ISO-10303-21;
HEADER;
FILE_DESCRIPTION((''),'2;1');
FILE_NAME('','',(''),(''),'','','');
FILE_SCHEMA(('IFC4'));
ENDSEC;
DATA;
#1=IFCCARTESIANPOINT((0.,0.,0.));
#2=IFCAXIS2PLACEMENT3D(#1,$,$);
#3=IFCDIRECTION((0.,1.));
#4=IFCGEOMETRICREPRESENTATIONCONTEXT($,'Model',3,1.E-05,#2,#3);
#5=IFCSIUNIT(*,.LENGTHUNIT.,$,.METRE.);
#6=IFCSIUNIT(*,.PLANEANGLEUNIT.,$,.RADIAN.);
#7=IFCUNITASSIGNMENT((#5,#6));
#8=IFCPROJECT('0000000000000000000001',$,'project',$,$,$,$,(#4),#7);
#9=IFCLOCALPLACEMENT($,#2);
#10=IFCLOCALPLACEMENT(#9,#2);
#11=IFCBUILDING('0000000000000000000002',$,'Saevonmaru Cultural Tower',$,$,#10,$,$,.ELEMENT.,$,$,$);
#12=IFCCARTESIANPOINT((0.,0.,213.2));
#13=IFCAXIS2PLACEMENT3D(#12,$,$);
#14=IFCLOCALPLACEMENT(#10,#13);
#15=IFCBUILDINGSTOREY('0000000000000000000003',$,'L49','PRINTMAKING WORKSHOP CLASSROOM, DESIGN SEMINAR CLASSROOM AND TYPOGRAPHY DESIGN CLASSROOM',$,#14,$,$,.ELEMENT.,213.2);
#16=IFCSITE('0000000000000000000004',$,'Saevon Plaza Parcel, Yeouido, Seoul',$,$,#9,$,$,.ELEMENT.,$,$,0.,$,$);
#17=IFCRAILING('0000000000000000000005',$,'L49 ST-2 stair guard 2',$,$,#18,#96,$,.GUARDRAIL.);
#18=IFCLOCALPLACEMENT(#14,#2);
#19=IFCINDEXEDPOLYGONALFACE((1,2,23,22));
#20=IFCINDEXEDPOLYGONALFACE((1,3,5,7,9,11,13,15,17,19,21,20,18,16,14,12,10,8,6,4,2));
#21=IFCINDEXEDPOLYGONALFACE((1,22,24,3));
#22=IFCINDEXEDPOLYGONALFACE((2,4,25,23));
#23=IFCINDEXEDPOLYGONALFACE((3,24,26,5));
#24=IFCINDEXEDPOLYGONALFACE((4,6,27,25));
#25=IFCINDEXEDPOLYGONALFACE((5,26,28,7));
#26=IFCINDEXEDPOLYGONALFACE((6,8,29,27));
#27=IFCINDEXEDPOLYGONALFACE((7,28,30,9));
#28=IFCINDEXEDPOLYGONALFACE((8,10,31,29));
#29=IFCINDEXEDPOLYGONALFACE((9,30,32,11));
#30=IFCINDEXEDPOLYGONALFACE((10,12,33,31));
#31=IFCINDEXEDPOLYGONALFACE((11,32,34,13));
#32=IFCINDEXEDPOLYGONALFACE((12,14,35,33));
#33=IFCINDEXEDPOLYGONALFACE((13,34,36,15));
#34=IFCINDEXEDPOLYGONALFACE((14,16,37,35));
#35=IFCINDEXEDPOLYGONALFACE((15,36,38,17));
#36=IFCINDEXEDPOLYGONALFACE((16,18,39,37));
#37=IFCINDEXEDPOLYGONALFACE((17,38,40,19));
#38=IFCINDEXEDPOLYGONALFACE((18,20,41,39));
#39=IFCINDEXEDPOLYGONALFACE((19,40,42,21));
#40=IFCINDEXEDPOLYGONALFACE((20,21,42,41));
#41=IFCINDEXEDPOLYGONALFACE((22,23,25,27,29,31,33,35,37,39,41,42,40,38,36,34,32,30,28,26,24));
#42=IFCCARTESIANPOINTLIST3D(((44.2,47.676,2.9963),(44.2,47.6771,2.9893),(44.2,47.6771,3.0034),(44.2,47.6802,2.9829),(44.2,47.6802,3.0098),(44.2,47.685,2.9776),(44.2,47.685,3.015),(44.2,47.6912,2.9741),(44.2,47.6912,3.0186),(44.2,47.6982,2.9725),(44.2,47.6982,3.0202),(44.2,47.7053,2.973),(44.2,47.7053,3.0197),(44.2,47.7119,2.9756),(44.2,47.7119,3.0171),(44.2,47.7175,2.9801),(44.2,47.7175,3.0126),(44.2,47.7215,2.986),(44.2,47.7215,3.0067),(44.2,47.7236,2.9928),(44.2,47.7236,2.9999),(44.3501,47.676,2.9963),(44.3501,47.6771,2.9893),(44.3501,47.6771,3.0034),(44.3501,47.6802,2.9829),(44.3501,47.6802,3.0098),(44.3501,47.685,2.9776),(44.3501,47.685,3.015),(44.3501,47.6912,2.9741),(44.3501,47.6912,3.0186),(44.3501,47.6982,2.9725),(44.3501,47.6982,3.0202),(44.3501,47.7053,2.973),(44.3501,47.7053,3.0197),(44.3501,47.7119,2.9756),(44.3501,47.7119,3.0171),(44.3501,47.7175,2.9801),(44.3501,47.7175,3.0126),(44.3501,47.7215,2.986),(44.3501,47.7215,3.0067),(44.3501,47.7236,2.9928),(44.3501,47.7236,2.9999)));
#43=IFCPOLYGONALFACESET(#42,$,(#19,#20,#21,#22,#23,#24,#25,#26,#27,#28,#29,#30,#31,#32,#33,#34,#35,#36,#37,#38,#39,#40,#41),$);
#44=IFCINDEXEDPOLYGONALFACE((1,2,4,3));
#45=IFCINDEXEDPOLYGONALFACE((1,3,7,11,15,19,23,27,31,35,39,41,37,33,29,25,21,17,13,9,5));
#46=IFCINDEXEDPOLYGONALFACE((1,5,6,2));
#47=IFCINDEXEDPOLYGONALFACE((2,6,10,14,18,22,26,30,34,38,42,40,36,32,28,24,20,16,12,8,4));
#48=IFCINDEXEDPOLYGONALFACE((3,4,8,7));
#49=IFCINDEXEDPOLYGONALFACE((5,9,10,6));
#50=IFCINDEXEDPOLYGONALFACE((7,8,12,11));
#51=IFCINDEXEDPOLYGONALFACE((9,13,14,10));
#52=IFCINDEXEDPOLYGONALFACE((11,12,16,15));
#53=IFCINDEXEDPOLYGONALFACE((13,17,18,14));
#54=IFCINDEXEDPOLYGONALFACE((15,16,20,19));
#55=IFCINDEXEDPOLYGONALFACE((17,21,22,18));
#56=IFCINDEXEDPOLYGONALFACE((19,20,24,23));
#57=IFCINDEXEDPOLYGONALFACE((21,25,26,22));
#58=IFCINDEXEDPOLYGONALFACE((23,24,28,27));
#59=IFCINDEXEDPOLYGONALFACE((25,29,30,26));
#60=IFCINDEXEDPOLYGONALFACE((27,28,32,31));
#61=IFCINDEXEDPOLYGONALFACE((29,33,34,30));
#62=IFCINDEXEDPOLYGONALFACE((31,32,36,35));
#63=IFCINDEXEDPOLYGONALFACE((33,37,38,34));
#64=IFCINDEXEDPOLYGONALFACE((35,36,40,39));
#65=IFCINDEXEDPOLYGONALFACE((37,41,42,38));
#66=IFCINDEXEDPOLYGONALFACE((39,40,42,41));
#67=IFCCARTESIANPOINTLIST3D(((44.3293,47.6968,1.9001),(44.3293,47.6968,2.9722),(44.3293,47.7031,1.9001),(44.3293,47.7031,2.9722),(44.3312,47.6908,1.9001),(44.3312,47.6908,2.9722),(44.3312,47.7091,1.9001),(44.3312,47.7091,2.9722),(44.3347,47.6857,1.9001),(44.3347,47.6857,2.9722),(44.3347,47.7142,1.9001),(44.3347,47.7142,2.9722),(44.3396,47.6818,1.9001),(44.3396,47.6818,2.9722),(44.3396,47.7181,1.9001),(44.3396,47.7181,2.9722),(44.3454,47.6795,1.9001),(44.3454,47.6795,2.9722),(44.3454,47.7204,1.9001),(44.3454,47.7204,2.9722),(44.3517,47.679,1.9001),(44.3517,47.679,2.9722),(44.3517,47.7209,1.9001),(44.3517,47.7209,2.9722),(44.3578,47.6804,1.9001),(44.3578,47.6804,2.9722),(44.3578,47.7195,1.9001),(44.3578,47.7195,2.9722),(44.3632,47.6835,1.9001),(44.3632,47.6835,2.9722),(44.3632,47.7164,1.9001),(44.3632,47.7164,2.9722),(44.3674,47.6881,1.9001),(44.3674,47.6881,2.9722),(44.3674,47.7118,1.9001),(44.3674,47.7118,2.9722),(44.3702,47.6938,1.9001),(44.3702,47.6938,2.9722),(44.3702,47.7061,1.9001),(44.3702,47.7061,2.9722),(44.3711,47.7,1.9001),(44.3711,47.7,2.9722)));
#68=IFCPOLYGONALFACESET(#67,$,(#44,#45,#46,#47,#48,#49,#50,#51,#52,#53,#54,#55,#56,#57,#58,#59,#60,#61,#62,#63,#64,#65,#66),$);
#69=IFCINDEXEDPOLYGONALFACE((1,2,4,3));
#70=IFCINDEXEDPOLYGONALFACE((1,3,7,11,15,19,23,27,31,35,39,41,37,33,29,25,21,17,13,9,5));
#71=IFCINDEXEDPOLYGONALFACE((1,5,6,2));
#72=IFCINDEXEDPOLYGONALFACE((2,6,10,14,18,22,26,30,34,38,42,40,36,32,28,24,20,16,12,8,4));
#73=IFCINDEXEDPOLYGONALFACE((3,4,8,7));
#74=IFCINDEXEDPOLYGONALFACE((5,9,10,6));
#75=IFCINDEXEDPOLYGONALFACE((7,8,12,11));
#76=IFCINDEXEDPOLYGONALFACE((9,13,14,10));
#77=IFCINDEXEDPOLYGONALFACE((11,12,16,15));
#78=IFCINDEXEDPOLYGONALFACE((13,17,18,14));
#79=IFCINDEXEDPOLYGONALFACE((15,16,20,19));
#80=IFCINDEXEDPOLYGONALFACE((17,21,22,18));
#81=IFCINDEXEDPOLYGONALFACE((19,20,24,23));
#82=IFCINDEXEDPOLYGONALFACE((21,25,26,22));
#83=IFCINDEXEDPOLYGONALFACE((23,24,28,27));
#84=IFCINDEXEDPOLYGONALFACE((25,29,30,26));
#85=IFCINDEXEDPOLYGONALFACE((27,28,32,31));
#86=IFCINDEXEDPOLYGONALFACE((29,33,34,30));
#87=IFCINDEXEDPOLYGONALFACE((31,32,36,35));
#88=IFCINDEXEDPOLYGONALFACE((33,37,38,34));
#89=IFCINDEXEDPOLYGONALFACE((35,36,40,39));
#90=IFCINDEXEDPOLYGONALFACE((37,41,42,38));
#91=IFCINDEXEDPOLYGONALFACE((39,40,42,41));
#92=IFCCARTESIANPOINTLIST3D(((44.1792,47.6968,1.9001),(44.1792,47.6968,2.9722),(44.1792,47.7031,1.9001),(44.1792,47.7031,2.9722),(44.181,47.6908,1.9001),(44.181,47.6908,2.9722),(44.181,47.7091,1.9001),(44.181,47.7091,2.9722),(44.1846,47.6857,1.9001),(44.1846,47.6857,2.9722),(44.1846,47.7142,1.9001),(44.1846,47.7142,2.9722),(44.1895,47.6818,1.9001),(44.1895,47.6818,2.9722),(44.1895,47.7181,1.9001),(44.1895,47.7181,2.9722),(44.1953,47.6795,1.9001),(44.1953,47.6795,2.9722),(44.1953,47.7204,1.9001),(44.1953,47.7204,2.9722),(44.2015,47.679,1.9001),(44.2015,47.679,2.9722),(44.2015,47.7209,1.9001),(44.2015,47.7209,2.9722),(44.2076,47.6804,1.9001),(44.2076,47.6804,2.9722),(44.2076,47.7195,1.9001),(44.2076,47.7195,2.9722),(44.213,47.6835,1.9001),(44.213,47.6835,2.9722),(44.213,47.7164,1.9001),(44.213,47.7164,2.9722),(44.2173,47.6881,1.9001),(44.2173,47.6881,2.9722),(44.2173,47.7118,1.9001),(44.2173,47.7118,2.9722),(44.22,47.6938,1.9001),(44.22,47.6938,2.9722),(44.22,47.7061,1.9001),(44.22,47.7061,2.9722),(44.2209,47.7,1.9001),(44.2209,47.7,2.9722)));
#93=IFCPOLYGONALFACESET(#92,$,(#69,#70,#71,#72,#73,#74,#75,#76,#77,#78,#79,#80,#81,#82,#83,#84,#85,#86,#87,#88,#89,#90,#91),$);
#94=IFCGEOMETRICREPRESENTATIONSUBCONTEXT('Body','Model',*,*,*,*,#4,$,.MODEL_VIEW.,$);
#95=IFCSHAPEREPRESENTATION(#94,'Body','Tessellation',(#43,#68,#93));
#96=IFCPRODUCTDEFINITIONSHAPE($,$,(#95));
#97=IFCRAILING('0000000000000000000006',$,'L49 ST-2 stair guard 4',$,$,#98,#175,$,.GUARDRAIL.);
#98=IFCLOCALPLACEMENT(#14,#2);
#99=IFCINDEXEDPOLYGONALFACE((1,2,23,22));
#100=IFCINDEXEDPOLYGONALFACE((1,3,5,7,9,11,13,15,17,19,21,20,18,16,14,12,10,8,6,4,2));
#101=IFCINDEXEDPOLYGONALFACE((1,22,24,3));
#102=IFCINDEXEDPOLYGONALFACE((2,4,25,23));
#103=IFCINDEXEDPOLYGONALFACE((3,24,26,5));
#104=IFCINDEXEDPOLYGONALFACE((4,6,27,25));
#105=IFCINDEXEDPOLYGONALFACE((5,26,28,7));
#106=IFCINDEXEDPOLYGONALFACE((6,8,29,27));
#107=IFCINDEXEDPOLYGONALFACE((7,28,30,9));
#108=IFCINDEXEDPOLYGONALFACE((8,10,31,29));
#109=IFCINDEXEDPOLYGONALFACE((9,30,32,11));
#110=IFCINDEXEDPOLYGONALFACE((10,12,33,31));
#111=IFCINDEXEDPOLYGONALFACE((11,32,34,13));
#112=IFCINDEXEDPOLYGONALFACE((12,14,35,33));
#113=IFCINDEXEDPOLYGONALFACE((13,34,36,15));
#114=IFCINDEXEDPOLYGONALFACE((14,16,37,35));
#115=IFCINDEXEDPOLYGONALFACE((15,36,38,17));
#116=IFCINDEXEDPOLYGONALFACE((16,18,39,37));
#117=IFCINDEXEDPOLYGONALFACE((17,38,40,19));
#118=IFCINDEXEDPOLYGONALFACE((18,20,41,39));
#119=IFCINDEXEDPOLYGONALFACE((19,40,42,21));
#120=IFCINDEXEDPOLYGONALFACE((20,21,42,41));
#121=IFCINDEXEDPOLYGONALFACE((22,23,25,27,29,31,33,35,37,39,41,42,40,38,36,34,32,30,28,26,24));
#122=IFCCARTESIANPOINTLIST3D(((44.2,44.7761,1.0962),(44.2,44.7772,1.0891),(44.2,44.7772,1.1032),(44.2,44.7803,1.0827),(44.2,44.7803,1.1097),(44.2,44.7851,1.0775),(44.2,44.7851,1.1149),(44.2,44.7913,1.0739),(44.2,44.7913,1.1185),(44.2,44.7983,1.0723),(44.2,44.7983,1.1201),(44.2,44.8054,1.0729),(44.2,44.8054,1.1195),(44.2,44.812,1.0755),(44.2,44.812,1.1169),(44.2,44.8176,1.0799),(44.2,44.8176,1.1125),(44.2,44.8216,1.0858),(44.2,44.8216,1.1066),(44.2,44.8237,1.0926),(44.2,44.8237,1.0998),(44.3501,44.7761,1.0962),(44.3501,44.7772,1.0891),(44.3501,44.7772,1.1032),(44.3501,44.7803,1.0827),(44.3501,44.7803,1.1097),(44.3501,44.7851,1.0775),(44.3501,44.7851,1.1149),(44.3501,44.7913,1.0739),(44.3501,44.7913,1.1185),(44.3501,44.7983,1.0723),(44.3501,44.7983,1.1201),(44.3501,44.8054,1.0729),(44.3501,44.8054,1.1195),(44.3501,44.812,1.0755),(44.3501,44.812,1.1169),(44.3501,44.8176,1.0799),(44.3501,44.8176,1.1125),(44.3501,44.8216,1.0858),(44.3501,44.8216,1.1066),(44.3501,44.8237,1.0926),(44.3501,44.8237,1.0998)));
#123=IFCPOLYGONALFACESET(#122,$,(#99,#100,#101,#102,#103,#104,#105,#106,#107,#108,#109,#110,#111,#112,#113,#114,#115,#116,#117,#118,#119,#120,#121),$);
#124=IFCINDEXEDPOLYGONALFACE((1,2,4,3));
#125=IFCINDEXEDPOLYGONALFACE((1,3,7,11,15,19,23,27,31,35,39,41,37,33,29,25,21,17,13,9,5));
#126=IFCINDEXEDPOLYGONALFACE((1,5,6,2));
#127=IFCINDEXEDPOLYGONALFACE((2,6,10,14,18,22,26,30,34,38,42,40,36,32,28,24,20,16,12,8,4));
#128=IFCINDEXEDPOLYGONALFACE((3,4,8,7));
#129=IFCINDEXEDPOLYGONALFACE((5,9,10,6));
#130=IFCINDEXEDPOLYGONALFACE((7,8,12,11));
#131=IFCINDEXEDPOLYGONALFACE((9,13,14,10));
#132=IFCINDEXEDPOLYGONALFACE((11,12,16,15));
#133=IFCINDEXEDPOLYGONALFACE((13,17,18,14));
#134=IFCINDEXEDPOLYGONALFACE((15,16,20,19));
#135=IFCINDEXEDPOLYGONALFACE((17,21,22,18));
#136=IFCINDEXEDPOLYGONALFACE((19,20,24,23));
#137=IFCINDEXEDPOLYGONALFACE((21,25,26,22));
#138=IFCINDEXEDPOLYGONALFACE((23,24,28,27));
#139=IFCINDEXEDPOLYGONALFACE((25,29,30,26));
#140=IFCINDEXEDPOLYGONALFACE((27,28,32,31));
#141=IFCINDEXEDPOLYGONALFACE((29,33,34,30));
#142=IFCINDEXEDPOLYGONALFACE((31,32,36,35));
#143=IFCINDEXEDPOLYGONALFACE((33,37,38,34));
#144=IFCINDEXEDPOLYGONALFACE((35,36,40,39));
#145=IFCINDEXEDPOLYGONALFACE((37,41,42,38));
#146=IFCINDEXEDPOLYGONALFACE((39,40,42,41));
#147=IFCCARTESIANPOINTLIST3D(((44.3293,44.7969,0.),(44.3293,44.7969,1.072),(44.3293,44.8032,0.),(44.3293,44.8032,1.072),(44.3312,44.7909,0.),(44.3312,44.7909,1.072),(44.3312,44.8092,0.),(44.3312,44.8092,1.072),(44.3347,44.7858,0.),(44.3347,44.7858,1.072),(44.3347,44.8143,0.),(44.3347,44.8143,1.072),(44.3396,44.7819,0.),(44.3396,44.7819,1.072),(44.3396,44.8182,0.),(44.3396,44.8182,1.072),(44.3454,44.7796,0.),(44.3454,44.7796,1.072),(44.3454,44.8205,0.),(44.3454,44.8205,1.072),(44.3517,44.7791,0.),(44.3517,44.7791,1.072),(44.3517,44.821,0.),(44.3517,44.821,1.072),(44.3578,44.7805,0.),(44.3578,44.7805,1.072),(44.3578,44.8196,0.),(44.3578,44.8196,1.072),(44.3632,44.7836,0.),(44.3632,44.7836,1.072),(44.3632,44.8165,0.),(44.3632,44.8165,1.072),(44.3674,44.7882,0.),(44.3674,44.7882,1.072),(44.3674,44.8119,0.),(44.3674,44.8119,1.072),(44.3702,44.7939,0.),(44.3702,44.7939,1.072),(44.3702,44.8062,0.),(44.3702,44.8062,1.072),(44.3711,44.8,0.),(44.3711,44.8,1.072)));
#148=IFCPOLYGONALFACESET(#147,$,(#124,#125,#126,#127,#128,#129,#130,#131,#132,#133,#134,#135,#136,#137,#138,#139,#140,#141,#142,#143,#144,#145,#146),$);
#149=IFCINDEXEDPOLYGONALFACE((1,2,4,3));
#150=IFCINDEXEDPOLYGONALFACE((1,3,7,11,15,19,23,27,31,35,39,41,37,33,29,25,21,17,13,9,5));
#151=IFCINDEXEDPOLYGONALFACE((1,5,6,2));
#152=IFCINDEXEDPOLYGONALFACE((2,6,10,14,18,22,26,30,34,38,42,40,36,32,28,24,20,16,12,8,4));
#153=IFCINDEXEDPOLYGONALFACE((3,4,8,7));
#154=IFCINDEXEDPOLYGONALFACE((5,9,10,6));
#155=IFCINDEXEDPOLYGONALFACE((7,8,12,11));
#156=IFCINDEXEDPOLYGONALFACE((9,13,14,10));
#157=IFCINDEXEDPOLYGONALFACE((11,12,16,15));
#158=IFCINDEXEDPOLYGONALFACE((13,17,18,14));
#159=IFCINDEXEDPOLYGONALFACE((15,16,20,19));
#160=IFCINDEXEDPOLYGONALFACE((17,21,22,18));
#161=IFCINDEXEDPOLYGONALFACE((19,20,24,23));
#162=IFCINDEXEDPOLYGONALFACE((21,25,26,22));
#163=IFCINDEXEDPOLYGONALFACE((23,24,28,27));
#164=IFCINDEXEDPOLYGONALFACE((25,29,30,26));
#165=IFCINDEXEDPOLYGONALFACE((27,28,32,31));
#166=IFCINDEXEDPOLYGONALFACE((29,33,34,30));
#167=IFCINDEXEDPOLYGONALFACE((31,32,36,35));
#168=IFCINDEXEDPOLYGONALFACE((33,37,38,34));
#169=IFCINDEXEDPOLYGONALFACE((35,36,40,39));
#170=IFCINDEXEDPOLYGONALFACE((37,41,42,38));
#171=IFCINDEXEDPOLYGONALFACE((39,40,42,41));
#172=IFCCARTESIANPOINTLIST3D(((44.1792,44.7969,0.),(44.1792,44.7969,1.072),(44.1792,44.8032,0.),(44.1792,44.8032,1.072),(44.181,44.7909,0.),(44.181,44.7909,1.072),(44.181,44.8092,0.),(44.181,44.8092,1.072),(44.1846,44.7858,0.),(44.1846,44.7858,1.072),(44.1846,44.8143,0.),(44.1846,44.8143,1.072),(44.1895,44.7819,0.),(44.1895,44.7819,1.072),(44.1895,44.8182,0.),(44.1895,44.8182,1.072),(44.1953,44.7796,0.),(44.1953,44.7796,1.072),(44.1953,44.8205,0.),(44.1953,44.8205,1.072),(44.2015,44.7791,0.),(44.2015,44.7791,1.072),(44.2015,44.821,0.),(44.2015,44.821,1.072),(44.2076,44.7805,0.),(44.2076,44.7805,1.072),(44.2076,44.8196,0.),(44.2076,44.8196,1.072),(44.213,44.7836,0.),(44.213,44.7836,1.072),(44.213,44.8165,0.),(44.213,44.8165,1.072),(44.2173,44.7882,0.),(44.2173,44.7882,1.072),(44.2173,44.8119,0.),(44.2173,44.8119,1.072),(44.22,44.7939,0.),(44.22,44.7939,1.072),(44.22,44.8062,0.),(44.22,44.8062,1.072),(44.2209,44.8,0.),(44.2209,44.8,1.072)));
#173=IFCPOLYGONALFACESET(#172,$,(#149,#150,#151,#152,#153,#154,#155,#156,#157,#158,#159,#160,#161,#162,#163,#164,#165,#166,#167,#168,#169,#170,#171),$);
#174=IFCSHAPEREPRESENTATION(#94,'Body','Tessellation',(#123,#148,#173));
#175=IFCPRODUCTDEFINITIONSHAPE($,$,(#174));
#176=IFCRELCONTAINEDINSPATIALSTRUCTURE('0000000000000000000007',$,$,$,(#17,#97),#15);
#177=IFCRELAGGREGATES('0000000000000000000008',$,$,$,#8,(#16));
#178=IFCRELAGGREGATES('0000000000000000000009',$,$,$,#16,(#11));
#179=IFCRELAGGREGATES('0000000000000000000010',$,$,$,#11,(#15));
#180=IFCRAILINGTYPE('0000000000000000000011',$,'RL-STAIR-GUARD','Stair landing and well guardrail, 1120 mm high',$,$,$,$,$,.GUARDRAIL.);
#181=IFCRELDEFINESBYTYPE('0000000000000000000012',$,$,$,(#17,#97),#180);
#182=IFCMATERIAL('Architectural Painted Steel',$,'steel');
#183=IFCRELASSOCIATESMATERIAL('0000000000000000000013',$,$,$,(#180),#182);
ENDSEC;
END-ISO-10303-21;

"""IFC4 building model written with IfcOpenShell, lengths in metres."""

from ifc_helpers import new_model, si_unit, direction, frame, origin, origin_2d, place, context, subcontext, project, spatial, circle, extrude, material, type_object, element, save


model = new_model("IFC4")

# Units and contexts
model_context = context("Model", 3, precision=1e-05, world=origin(), true_north=direction((0.0, 1.0)))
body_context = subcontext(model_context, "Body", "Model", "MODEL_VIEW")
ifc_project = project(units=[si_unit("LENGTHUNIT", "METRE"), si_unit("PLANEANGLEUNIT", "RADIAN")], contexts=[model_context])

# Site, building, storey
site_placement = place(None, origin())
site = spatial("IfcSite", under=ifc_project, at=site_placement, Name="Saevon Plaza Parcel, Yeouido, Seoul", CompositionType="ELEMENT", RefElevation=0.0)
building_placement = place(site_placement, origin())
building = spatial("IfcBuilding", under=site, at=building_placement, Name="Saevonmaru Cultural Tower", CompositionType="ELEMENT")
storey_placement = place(building_placement, frame((0.0, 0.0, 213.2)))
storey = spatial("IfcBuildingStorey", under=building, at=storey_placement, Name="L49", Description="PRINTMAKING WORKSHOP CLASSROOM, DESIGN SEMINAR CLASSROOM AND TYPOGRAPHY DESIGN CLASSROOM", CompositionType="ELEMENT", Elevation=213.2)

# Railings
ifc_material_1 = material(Name="Architectural Painted Steel", Category="steel")
railing_type_1 = type_object("IfcRailingType", Name="RL-STAIR-GUARD", Description="Stair landing and well guardrail, 1120 mm high", PredefinedType="GUARDRAIL", material=ifc_material_1)
for number, where, name in (
    (1, (44.3501, 47.7, 1.9001), "L49 ST-2 stair guard 2"),
    (2, (44.3501, 44.8, 0.0), "L49 ST-2 stair guard 4"),
):
    element("IfcRailing", number, at=place(storey_placement, frame(where)), inside=storey, type_object=railing_type_1, Name=name, PredefinedType="GUARDRAIL", context=body_context, shape_type="SweptSolid", body=[
        extrude(circle(Radius=0.0239, at=origin_2d()), frame((0.0, 0.0, 1.0962), z_axis=(-1.0, 0.0, 0.0), x_axis=(0.0, -1.0, 0.0)), (0.0, 0.0, 1.0), 0.1501),
        extrude(circle(Radius=0.021, at=origin_2d()), origin(), (0.0, 0.0, 1.0), 1.072),
        extrude(circle(Radius=0.021, at=origin_2d()), frame((-0.1501, 0.0, 0.0)), (0.0, 0.0, 1.0), 1.072),
    ])

save(model, "model.ifc")
